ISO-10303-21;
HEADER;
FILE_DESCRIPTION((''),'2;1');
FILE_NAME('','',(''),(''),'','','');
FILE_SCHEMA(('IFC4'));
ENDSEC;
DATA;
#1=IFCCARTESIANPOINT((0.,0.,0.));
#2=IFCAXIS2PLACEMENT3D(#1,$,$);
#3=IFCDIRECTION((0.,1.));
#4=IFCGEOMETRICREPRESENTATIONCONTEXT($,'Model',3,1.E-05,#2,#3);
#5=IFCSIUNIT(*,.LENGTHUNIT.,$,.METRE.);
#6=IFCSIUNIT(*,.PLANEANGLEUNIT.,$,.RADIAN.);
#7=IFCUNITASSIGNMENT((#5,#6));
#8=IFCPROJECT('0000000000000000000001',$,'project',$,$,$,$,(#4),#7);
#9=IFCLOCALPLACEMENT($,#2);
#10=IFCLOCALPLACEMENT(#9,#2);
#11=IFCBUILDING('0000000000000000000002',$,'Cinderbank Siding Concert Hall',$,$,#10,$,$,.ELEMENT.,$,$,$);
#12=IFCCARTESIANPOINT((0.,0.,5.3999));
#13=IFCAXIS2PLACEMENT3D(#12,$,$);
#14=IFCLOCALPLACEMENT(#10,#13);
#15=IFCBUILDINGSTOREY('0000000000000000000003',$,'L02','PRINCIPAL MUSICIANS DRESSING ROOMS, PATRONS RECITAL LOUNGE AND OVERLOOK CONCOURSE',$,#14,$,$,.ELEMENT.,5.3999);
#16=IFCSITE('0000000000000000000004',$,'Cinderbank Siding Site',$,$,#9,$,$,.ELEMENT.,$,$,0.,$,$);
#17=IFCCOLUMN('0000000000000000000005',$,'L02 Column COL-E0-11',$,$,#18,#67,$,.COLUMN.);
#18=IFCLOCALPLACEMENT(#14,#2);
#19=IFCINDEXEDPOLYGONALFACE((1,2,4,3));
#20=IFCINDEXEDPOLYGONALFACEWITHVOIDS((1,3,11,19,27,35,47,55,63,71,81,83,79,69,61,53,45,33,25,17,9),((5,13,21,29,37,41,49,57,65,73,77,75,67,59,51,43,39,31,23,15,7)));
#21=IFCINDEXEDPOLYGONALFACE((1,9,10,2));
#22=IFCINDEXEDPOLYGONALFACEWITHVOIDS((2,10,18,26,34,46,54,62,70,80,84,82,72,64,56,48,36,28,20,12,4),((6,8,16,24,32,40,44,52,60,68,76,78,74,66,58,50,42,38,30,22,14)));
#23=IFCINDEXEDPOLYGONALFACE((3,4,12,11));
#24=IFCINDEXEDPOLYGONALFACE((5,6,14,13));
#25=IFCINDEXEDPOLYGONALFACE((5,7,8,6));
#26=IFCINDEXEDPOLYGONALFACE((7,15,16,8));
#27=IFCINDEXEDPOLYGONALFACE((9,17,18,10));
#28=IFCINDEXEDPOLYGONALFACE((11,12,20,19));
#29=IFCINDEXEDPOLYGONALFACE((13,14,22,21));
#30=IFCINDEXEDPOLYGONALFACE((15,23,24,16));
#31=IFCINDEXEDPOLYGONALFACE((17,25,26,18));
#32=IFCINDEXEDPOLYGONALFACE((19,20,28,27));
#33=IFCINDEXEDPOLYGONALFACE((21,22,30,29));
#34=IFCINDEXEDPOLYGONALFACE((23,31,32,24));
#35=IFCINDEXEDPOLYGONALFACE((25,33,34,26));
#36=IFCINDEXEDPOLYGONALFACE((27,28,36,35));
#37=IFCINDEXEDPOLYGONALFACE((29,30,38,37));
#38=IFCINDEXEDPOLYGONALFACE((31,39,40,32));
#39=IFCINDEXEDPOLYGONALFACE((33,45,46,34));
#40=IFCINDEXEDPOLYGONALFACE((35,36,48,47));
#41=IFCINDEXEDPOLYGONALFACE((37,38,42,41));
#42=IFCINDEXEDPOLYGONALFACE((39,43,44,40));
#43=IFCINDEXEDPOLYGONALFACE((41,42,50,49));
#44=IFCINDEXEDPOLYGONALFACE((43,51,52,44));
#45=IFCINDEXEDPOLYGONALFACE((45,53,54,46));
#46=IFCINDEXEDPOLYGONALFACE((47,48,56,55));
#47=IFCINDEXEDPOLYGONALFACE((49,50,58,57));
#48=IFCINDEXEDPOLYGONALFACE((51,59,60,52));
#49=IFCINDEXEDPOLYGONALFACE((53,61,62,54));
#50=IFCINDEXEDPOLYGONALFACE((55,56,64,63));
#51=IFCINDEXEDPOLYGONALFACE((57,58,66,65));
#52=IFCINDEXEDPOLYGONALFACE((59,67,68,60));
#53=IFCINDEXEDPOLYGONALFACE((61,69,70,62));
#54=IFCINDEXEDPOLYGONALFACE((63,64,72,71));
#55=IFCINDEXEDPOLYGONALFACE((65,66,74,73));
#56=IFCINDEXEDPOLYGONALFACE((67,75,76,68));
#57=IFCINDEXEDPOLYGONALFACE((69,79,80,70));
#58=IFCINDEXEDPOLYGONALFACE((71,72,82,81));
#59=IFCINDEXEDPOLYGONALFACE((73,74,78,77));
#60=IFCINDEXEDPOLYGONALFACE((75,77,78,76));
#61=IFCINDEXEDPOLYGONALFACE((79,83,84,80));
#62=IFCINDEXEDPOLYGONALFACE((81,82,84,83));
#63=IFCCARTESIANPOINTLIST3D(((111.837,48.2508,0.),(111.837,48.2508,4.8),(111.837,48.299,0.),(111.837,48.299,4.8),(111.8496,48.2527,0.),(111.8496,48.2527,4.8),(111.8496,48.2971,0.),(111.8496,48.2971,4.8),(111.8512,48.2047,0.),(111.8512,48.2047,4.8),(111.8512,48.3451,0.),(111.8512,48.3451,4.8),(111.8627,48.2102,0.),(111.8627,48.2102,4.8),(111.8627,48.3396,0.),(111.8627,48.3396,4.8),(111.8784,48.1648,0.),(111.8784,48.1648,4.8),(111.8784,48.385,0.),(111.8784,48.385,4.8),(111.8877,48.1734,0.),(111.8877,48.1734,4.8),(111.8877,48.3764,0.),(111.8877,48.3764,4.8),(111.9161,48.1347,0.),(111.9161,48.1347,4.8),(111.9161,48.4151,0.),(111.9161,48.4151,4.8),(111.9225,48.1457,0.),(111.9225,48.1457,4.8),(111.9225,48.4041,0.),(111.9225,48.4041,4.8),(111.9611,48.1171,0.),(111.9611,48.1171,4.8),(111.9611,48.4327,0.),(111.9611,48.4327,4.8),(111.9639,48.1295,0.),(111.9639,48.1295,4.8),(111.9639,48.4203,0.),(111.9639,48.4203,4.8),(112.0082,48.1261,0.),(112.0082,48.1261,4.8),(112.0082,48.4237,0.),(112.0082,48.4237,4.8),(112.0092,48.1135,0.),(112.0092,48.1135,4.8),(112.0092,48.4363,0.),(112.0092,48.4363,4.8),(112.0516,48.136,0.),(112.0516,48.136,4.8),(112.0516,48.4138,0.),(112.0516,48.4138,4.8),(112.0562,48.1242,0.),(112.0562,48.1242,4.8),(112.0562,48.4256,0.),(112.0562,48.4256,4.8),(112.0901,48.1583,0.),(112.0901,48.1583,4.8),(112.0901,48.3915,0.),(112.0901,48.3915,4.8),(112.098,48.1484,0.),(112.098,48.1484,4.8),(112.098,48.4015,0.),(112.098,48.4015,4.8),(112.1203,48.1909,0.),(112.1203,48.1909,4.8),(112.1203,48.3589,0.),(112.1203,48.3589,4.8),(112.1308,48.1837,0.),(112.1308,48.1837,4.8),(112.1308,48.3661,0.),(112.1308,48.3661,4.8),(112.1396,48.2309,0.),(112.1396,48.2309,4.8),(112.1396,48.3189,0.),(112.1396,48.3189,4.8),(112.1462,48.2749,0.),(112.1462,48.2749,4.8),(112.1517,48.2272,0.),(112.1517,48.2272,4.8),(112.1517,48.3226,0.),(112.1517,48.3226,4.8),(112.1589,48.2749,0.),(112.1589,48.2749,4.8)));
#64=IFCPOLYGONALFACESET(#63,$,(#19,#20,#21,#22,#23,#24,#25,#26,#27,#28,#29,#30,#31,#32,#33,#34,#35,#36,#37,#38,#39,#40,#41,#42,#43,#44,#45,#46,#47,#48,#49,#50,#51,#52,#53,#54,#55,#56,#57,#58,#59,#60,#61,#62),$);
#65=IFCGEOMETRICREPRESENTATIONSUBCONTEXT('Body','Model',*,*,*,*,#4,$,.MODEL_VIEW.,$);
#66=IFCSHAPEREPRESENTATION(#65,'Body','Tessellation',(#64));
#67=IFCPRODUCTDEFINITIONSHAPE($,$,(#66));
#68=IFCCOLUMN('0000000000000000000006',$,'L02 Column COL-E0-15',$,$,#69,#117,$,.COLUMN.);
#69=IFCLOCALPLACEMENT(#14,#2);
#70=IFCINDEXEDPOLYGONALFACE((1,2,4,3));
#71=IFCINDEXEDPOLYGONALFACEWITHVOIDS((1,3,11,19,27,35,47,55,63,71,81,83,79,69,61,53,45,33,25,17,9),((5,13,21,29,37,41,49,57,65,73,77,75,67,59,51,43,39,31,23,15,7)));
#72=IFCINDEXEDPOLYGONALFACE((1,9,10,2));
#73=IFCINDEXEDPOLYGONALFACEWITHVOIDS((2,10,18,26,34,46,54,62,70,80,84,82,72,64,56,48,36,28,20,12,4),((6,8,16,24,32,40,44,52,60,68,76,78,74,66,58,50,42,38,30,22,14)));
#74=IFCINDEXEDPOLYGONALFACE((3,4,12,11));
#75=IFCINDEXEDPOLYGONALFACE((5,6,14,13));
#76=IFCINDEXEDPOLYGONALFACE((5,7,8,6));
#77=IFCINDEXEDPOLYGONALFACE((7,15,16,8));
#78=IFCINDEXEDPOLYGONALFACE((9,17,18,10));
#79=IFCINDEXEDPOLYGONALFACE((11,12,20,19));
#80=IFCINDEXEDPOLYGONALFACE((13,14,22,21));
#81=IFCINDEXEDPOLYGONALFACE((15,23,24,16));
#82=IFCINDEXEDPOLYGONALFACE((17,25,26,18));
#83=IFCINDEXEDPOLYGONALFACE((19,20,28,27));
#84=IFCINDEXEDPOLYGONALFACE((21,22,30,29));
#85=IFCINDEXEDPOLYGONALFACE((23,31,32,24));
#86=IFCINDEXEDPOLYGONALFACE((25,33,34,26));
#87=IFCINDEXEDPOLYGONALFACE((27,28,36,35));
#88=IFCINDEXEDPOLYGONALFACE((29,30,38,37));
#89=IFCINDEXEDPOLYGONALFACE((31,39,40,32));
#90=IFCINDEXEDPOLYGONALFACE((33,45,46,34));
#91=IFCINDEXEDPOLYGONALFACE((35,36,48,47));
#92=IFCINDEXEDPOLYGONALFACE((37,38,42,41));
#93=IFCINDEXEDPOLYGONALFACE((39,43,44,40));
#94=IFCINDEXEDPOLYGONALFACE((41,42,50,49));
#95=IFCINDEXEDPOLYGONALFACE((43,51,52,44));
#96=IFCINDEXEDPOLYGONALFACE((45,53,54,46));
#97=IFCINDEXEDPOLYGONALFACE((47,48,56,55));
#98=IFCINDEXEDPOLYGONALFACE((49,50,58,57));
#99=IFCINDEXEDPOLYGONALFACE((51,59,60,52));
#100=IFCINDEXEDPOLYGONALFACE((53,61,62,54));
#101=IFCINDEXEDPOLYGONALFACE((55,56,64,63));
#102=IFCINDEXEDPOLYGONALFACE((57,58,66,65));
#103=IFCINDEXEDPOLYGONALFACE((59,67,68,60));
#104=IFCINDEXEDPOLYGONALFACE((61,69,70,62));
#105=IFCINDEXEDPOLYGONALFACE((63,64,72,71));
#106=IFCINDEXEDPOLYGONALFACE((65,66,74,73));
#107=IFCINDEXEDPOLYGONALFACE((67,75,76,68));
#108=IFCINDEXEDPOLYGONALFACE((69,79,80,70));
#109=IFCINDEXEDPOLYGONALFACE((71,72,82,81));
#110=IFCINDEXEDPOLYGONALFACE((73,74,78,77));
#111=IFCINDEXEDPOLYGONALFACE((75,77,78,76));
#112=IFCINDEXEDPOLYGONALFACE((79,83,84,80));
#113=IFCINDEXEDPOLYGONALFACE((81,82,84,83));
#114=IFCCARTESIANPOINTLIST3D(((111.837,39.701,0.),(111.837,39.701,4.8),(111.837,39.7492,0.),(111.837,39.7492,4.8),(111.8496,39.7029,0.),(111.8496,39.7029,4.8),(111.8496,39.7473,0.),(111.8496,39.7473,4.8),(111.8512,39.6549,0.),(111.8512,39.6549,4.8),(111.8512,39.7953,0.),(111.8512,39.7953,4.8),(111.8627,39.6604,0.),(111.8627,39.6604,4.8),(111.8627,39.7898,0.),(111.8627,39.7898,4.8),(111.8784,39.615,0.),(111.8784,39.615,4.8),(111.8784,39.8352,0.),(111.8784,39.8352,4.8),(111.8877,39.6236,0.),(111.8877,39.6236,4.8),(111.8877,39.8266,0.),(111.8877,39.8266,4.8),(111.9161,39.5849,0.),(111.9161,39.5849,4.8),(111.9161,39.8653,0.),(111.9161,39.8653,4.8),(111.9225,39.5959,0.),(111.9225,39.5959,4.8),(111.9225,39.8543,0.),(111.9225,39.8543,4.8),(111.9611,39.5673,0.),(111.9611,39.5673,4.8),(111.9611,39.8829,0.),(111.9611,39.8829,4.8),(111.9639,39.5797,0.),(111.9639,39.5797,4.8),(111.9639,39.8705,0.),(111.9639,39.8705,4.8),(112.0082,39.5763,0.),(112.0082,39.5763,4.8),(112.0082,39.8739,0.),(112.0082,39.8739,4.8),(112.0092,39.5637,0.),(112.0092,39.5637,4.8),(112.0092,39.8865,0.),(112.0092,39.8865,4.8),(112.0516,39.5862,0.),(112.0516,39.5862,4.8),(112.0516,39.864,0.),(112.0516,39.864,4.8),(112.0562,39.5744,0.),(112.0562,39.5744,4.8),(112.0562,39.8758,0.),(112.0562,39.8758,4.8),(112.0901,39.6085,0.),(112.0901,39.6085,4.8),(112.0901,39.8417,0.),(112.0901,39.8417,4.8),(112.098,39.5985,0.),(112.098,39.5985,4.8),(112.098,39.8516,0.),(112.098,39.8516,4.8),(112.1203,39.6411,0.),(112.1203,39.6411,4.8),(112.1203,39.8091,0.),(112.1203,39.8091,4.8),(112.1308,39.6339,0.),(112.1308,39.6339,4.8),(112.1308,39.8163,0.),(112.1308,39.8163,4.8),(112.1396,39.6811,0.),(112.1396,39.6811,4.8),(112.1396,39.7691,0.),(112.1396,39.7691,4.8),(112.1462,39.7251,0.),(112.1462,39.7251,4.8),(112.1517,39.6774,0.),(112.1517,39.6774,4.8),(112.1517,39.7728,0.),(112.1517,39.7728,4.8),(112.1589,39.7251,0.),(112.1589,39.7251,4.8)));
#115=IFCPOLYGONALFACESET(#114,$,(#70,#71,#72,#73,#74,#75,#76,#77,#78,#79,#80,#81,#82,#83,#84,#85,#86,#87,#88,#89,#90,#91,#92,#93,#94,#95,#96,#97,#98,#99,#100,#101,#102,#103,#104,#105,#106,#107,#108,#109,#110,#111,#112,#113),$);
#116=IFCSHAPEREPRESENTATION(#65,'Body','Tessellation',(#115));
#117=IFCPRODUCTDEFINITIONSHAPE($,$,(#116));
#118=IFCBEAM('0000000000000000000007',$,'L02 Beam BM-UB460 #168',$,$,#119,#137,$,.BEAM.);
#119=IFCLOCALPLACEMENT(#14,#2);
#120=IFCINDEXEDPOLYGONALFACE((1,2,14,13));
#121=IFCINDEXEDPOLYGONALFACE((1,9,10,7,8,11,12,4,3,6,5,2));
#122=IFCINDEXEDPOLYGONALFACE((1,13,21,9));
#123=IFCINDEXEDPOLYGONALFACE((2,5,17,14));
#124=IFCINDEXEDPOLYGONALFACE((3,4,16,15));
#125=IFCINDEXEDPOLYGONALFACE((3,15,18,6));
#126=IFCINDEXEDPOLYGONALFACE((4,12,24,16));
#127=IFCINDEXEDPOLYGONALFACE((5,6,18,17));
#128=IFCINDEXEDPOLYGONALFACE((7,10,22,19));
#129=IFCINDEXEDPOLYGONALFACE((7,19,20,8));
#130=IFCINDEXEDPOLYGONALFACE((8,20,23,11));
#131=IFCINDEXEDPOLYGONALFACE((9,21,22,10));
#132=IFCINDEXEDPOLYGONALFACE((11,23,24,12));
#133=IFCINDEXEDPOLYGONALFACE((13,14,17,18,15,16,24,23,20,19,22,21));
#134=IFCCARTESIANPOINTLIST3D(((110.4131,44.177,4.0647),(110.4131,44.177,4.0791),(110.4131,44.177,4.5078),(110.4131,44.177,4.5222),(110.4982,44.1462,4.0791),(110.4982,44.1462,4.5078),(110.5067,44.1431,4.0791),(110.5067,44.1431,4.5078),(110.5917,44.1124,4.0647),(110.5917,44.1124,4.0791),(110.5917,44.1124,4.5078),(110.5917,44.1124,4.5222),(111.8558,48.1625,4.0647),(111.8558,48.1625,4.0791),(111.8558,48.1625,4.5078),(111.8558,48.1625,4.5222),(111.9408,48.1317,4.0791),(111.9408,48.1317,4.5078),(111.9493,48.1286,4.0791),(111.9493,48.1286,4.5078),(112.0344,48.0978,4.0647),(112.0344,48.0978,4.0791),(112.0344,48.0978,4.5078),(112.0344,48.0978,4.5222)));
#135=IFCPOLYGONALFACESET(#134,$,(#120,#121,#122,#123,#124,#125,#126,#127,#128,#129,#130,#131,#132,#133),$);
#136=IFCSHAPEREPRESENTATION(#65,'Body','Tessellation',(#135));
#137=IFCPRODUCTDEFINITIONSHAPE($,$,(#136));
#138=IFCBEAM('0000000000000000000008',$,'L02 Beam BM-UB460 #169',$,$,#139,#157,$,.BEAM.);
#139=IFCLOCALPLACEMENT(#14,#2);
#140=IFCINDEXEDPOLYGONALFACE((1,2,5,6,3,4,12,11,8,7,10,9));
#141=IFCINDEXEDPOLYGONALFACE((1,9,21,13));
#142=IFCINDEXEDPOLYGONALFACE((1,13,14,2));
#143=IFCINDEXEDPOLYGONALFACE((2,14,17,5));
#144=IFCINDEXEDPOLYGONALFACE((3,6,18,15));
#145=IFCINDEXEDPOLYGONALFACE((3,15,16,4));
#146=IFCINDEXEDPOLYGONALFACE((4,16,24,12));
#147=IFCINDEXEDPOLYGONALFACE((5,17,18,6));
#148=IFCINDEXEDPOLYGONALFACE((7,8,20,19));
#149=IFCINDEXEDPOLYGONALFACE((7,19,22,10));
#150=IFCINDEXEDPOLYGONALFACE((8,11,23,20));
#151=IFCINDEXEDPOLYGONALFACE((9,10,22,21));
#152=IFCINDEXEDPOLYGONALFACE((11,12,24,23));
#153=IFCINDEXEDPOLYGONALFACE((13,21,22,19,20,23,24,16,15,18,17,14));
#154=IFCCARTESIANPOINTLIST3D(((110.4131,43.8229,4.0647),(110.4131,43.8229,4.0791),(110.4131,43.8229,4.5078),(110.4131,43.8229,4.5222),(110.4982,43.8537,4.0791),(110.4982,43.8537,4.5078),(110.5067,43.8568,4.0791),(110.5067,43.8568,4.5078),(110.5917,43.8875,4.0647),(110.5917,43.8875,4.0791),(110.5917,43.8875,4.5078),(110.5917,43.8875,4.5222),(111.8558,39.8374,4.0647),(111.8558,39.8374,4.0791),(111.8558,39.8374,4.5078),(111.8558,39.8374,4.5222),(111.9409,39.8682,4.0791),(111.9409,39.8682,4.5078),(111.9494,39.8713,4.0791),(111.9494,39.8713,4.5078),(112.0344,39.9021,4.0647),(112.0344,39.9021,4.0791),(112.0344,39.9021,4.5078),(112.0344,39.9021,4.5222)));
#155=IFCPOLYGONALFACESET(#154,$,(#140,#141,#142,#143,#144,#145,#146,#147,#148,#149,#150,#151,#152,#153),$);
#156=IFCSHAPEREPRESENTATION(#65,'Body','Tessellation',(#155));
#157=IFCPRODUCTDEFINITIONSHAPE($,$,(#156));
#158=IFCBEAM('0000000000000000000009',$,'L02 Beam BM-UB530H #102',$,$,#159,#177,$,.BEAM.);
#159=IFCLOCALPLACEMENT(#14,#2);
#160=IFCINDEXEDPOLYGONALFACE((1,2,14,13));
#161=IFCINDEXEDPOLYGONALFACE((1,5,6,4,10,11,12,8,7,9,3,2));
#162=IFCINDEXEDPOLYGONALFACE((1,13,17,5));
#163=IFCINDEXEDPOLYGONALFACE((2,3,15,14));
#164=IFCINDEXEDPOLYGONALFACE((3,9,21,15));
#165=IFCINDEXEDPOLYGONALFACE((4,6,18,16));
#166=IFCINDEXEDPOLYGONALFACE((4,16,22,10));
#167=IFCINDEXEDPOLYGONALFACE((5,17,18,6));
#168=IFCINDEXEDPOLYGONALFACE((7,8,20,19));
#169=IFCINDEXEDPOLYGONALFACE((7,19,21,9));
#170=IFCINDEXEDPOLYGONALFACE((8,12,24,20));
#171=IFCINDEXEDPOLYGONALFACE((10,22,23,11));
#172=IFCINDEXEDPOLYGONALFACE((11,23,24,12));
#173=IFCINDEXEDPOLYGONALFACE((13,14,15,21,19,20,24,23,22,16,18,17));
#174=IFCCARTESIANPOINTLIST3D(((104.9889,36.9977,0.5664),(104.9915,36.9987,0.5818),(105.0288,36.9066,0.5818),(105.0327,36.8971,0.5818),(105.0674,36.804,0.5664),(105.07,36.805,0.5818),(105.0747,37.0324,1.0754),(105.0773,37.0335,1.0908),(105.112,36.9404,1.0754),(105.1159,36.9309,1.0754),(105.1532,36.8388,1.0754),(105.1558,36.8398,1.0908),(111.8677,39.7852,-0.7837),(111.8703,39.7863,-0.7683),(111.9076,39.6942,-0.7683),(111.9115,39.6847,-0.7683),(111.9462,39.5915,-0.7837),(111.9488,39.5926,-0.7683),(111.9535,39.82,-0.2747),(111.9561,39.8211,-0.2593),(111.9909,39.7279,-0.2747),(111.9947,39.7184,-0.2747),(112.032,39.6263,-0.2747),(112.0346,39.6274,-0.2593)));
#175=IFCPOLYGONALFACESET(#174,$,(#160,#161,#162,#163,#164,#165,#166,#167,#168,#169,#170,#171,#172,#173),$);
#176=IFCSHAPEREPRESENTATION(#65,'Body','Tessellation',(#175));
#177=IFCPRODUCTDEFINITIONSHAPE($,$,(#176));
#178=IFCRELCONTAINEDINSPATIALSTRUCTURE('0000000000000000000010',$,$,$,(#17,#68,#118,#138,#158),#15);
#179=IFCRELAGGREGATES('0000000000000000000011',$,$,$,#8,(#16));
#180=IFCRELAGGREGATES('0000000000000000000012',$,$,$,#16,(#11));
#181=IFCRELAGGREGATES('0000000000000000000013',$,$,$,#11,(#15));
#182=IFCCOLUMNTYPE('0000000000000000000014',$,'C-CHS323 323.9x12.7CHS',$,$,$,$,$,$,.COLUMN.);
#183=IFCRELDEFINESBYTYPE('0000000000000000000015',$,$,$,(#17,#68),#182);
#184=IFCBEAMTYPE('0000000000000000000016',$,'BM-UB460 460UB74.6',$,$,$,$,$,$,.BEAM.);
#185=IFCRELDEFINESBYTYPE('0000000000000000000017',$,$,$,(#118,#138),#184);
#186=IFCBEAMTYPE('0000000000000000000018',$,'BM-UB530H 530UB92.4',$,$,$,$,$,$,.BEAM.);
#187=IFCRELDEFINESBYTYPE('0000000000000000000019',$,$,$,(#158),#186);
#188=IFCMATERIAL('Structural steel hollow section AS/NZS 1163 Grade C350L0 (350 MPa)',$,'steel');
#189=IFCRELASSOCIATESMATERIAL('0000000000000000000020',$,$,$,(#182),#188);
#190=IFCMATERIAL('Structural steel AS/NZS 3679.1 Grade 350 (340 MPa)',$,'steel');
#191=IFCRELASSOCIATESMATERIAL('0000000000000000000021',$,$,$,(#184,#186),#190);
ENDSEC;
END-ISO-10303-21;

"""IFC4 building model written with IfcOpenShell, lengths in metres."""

from ifc_helpers import new_model, si_unit, direction, frame, origin, origin_2d, place, context, subcontext, project, spatial, hollow_circle, i_section, extrude, material, material_profile, profile_set, type_object, element, save


model = new_model("IFC4")

# Units and contexts
model_context = context("Model", 3, precision=1e-05, world=origin(), true_north=direction((0.0, 1.0)))
body_context = subcontext(model_context, "Body", "Model", "MODEL_VIEW")
ifc_project = project(units=[si_unit("LENGTHUNIT", "METRE"), si_unit("PLANEANGLEUNIT", "RADIAN")], contexts=[model_context])

# Site, building, storey
site_placement = place(None, origin())
site = spatial("IfcSite", under=ifc_project, at=site_placement, Name="Cinderbank Siding Site", CompositionType="ELEMENT", RefElevation=0.0)
building_placement = place(site_placement, origin())
building = spatial("IfcBuilding", under=site, at=building_placement, Name="Cinderbank Siding Concert Hall", CompositionType="ELEMENT")
storey_placement = place(building_placement, frame((0.0, 0.0, 5.3999)))
storey = spatial("IfcBuildingStorey", under=building, at=storey_placement, Name="L02", Description="PRINCIPAL MUSICIANS DRESSING ROOMS, PATRONS RECITAL LOUNGE AND OVERLOOK CONCOURSE", CompositionType="ELEMENT", Elevation=5.3999)

# Columns
ifc_material_1 = material(Name="Structural steel hollow section AS/NZS 1163 Grade C350L0 (350 MPa)", Category="steel")
ifc_material_profile_1 = material_profile(ifc_material_1, hollow_circle(Radius=0.1619, WallThickness=0.0127, at=origin_2d()), Name="323.9x12.7CHS", Category="LoadBearing")
ifc_profile_set_1 = profile_set([ifc_material_profile_1], Name="Structural steel hollow section AS/NZS 1163 Grade C350L0 (350 MPa)")
column_type = type_object("IfcColumnType", Name="C-CHS323 323.9x12.7CHS", PredefinedType="COLUMN", material=ifc_profile_set_1)
for number, where, z_axis, x_axis, name in (
    (1, (111.9971, 48.2749, 0.0), (0.0, 0.0, 1.0), (1.0, 0.0, 0.0), "L02 Column COL-E0-11"),
    (2, (111.9971, 39.7251, 0.0), (0.0, 0.0, 1.0), (1.0, 0.0, 0.0), "L02 Column COL-E0-15"),
):
    element("IfcColumn", number, at=place(storey_placement, frame(where, z_axis=z_axis, x_axis=x_axis)), inside=storey, type_object=column_type, Name=name, PredefinedType="COLUMN", context=body_context, shape_type="SweptSolid", body=[
        extrude(hollow_circle(Radius=0.1619, WallThickness=0.0127, at=origin_2d()), origin(), (0.0, 0.0, 1.0), 4.8),
    ])

# Beams
ifc_material_2 = material(Name="Structural steel AS/NZS 3679.1 Grade 350 (340 MPa)", Category="steel")
ifc_material_profile_2 = material_profile(ifc_material_2, i_section(OverallWidth=0.1899, OverallDepth=0.4575, WebThickness=0.009, FlangeThickness=0.0144, at=origin_2d()), Name="460UB74.6", Category="LoadBearing")
ifc_profile_set_2 = profile_set([ifc_material_profile_2], Name="Structural steel AS/NZS 3679.1 Grade 350 (340 MPa)")
beam_type_1 = type_object("IfcBeamType", Name="BM-UB460 460UB74.6", PredefinedType="BEAM", material=ifc_profile_set_2)
for number, where, z_axis, x_axis, name in (
    (3, (111.9451, 48.1301, 4.2935), (-0.340369, -0.940292, 0.0), (0.940292, -0.340369, 0.0), "L02 Beam BM-UB460 #168"),
    (4, (110.5024, 43.8552, 4.2935), (0.340369, -0.940292, 0.0), (0.940292, 0.340369, 0.0), "L02 Beam BM-UB460 #169"),
):
    element("IfcBeam", number, at=place(storey_placement, frame(where, z_axis=z_axis, x_axis=x_axis)), inside=storey, type_object=beam_type_1, Name=name, PredefinedType="BEAM", context=body_context, shape_type="SweptSolid", body=[
        extrude(i_section(OverallWidth=0.1899, OverallDepth=0.4575, WebThickness=0.009, FlangeThickness=0.0144, at=origin_2d()), origin(), (0.0, 0.0, 1.0), 4.2385),
    ])
ifc_material_profile_3 = material_profile(ifc_material_2, i_section(OverallWidth=0.209, OverallDepth=0.533, WebThickness=0.0103, FlangeThickness=0.0156, at=origin_2d()), Name="530UB92.4", Category="LoadBearing")
ifc_profile_set_3 = profile_set([ifc_material_profile_3], Name="Structural steel AS/NZS 3679.1 Grade 350 (340 MPa)")
beam_type_2 = type_object("IfcBeamType", Name="BM-UB530H 530UB92.4", PredefinedType="BEAM", material=ifc_profile_set_3)
beam_1_placement = place(storey_placement, frame((111.9512, 39.7063, -0.5215), z_axis=(-0.911831, -0.369509, 0.178962), x_axis=(0.375572, -0.926793, 0.0)))
element("IfcBeam", 5, at=beam_1_placement, inside=storey, type_object=beam_type_2, Name="L02 Beam BM-UB530H #102", PredefinedType="BEAM", context=body_context, shape_type="SweptSolid", body=[
    extrude(i_section(OverallWidth=0.209, OverallDepth=0.533, WebThickness=0.0103, FlangeThickness=0.0156, at=origin_2d()), origin(), (0.0, 0.0, 1.0), 7.5439),
])

save(model, "model.ifc")
